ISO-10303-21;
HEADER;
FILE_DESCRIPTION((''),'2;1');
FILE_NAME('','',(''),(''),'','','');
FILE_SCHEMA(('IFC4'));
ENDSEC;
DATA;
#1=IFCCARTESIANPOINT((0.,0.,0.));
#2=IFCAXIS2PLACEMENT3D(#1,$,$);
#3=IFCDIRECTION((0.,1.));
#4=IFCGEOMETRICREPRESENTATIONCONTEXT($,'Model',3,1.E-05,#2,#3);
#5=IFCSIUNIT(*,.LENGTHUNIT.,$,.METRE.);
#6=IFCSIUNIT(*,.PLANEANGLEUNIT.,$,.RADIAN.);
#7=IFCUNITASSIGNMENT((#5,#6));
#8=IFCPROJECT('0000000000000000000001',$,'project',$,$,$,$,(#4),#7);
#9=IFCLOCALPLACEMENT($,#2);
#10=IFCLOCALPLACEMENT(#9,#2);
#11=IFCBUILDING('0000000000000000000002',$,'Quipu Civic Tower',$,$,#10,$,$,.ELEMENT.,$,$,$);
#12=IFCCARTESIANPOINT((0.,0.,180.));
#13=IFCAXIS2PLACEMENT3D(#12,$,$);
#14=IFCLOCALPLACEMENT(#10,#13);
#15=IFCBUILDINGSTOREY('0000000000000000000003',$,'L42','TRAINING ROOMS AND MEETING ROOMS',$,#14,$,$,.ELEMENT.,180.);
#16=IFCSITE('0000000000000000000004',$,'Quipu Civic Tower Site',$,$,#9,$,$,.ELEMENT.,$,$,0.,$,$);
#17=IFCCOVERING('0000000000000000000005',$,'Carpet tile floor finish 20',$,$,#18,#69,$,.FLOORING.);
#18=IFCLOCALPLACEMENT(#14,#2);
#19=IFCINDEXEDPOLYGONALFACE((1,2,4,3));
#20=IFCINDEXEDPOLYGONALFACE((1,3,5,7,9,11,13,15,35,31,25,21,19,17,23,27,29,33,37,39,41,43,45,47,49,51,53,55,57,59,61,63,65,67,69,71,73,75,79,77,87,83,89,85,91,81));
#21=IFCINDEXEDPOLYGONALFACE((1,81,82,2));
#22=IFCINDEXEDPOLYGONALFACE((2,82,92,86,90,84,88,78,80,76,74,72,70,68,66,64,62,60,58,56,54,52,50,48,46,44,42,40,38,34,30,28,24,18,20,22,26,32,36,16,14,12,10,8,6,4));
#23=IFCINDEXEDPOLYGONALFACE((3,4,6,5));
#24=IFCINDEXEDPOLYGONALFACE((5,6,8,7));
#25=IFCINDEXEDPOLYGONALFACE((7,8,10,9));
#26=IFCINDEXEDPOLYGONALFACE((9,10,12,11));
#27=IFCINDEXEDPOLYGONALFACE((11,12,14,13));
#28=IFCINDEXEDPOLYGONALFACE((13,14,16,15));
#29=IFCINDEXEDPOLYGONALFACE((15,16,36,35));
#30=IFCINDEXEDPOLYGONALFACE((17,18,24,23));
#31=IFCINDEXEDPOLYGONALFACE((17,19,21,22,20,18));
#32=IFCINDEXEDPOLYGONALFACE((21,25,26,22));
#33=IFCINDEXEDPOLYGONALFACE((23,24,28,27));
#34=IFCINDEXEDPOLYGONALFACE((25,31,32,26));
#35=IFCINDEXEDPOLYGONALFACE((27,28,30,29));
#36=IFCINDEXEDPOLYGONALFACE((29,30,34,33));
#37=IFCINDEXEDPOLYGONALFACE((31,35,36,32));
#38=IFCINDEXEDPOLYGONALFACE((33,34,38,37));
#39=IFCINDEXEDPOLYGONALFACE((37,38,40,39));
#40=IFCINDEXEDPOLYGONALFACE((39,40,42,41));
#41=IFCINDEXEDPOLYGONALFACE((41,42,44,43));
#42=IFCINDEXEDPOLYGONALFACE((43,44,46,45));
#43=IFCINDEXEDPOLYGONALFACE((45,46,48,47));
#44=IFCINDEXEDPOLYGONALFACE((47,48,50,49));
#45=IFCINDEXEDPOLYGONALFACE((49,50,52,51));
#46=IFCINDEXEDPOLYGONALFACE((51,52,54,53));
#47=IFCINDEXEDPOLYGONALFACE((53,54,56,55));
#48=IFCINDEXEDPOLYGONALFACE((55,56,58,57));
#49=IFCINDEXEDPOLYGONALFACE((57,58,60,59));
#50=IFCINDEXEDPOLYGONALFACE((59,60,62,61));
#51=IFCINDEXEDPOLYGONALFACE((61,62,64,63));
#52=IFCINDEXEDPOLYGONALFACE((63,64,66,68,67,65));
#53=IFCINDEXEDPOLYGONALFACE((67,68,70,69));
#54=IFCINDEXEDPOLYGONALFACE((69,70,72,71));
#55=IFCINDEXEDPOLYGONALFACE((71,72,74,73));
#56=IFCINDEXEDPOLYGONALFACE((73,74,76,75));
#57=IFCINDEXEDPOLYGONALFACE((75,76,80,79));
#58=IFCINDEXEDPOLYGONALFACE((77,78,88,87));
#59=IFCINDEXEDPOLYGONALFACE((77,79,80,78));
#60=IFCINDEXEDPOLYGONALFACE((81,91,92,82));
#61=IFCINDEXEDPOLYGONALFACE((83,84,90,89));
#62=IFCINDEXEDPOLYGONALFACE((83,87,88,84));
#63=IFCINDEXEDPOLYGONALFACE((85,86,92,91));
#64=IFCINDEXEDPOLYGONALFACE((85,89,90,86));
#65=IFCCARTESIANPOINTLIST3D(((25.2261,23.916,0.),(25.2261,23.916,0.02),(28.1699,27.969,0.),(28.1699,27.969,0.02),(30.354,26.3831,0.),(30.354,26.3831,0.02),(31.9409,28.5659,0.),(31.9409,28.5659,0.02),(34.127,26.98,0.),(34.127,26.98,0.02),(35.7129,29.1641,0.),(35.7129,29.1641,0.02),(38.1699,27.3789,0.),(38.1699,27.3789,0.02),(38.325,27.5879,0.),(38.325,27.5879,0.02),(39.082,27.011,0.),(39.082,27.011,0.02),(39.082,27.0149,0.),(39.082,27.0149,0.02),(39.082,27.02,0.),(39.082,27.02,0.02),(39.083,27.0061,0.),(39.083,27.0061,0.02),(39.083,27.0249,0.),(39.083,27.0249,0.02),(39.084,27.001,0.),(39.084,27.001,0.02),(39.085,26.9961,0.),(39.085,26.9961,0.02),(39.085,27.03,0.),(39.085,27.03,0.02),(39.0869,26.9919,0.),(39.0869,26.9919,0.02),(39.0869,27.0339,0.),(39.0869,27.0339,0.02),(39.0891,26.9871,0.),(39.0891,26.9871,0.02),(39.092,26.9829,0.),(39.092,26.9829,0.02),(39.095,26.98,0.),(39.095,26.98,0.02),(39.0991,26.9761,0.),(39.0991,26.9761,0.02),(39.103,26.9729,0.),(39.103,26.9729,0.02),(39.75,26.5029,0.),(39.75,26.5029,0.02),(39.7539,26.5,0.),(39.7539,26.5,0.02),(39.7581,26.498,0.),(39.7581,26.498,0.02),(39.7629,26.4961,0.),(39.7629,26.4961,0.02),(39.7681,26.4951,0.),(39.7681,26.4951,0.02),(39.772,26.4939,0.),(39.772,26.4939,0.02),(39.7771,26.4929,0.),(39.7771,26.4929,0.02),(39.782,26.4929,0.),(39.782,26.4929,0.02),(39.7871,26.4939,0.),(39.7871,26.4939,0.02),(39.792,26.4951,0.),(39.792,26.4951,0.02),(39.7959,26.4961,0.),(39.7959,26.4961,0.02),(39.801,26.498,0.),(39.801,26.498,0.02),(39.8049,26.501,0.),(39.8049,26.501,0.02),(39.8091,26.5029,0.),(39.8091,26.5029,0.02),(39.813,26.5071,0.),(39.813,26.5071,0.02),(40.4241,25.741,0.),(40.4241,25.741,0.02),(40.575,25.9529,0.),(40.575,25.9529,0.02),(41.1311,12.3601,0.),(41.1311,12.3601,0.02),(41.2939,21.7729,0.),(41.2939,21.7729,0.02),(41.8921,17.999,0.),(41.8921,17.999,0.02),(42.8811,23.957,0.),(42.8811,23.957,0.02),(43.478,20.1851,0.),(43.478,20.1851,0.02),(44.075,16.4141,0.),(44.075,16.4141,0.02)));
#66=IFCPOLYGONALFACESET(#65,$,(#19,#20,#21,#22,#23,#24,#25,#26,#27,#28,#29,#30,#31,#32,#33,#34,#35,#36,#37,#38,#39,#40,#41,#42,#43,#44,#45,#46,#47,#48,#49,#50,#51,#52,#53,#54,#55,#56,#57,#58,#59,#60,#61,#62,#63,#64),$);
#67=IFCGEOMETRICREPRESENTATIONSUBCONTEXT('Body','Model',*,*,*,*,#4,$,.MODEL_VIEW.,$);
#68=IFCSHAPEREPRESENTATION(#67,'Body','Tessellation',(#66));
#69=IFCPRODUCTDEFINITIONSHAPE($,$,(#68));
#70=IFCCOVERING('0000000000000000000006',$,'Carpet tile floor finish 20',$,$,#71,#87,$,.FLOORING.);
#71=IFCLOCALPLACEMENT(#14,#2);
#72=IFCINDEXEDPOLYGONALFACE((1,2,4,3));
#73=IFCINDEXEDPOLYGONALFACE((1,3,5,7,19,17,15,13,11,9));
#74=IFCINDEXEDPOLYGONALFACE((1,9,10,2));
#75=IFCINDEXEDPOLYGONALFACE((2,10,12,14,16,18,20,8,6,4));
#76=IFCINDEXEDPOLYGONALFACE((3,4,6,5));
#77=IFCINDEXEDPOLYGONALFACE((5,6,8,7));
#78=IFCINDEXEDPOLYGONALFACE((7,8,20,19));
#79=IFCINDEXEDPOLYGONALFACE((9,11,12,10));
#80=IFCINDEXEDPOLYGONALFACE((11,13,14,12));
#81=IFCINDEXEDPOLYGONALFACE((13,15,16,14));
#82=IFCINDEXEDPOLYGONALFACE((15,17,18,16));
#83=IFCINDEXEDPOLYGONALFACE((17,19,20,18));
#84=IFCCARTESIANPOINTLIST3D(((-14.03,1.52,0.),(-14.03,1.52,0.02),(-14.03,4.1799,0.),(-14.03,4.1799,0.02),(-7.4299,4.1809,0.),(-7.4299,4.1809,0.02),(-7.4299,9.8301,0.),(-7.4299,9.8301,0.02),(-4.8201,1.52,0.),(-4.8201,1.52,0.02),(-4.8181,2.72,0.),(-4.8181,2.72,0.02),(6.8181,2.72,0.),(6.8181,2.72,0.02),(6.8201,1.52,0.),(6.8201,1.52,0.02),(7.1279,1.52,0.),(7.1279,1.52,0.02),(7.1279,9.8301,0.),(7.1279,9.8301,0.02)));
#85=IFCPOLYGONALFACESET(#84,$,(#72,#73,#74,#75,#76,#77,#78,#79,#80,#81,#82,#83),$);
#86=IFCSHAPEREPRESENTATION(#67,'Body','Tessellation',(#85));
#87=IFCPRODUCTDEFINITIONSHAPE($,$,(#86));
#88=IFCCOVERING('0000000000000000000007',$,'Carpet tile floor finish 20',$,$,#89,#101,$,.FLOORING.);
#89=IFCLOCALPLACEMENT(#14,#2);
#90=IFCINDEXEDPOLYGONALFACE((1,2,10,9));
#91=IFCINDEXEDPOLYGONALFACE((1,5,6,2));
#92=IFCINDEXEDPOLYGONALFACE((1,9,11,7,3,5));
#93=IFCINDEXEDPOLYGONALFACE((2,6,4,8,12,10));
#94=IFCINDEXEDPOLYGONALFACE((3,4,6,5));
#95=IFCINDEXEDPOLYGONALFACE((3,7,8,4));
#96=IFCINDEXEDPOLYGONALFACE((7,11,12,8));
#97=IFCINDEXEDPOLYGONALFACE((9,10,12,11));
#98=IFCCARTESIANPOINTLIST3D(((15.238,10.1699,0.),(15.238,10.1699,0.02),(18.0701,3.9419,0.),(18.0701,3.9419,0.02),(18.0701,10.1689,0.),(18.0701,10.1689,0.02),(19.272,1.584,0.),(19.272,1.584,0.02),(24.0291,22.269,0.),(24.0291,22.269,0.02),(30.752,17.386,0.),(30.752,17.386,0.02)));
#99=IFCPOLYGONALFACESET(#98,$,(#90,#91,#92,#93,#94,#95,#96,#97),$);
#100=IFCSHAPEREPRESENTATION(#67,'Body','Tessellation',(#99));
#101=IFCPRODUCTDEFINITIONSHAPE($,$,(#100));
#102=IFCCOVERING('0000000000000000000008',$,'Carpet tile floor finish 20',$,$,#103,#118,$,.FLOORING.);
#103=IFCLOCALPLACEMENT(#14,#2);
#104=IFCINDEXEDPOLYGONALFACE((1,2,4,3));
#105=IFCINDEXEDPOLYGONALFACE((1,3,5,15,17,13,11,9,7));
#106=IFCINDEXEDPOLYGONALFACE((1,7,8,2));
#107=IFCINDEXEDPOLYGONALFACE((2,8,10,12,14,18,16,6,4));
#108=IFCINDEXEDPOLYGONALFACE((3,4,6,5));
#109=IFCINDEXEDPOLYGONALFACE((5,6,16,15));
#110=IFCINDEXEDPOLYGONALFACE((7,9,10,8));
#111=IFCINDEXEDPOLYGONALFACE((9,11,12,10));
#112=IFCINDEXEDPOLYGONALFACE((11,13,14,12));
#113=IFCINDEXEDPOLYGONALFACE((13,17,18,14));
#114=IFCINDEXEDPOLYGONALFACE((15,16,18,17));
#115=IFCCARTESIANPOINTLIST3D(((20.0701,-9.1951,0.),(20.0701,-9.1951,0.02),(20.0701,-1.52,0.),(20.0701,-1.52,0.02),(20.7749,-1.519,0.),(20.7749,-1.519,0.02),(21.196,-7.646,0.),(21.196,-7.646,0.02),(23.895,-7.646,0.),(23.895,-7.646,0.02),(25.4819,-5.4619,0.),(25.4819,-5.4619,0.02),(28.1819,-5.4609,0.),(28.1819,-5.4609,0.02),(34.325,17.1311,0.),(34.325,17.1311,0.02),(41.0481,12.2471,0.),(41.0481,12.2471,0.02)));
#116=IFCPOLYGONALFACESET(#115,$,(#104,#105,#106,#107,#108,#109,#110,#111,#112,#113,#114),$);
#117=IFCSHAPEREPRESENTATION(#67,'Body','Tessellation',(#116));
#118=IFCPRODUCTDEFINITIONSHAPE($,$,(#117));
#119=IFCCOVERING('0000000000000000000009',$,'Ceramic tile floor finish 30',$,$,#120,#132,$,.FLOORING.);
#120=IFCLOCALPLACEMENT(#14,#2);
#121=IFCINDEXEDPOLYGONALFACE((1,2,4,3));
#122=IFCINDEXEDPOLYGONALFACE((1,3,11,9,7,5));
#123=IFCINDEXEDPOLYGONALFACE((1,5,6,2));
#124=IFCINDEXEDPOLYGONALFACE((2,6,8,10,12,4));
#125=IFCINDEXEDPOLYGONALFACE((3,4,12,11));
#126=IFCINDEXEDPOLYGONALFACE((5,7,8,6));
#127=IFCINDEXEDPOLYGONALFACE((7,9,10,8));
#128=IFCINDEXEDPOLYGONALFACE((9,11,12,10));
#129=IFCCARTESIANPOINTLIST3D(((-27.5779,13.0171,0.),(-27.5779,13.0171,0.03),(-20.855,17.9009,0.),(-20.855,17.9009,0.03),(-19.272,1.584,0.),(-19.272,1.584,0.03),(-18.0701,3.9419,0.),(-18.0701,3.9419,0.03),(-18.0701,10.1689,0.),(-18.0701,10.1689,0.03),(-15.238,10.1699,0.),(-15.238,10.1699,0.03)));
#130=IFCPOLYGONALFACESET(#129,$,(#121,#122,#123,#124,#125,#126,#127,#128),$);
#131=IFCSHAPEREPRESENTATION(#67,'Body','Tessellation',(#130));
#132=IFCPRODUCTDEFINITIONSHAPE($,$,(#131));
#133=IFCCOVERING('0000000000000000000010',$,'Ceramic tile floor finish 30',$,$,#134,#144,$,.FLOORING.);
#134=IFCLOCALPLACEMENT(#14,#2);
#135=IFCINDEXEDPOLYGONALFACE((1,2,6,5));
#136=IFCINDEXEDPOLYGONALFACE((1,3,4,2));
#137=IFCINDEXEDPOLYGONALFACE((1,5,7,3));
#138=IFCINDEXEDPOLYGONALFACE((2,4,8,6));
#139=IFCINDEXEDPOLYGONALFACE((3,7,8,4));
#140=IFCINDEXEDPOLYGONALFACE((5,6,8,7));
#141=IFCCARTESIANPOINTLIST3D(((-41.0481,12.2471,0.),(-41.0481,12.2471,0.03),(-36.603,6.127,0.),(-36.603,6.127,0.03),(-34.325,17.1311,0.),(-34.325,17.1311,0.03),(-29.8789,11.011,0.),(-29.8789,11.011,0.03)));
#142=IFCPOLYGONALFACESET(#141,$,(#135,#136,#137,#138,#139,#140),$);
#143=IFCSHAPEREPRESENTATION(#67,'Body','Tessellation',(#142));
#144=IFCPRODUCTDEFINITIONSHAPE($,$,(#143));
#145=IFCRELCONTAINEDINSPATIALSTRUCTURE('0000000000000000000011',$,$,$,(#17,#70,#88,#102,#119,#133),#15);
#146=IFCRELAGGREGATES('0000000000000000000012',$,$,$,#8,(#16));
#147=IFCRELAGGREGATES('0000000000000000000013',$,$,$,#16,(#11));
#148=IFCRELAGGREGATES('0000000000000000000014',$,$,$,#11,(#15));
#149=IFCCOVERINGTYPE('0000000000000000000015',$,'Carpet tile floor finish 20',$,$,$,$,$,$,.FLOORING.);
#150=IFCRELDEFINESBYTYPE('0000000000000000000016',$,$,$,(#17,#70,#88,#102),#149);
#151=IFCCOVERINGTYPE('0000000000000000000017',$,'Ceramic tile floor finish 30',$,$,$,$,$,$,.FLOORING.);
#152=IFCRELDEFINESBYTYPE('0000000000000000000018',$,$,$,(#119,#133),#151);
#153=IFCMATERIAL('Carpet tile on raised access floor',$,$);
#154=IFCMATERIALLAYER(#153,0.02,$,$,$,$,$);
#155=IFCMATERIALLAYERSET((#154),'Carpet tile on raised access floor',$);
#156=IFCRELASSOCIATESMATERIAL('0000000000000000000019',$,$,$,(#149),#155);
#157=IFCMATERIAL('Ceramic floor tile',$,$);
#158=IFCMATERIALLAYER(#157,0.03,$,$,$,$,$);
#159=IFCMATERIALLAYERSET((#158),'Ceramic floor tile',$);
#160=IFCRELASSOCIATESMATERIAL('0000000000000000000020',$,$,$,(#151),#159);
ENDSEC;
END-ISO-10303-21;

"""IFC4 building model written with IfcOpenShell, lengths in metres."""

from ifc_helpers import new_model, si_unit, direction, frame, origin, place, context, subcontext, project, spatial, polyline, outline, extrude, material, layer, layer_set, type_object, element, save


model = new_model("IFC4")

# Units and contexts
model_context = context("Model", 3, precision=1e-05, world=origin(), true_north=direction((0.0, 1.0)))
body_context = subcontext(model_context, "Body", "Model", "MODEL_VIEW")
ifc_project = project(units=[si_unit("LENGTHUNIT", "METRE"), si_unit("PLANEANGLEUNIT", "RADIAN")], contexts=[model_context])

# Site, building, storey
site_placement = place(None, origin())
site = spatial("IfcSite", under=ifc_project, at=site_placement, Name="Quipu Civic Tower Site", CompositionType="ELEMENT", RefElevation=0.0)
building_placement = place(site_placement, origin())
building = spatial("IfcBuilding", under=site, at=building_placement, Name="Quipu Civic Tower", CompositionType="ELEMENT")
storey_placement = place(building_placement, frame((0.0, 0.0, 180.0)))
storey = spatial("IfcBuildingStorey", under=building, at=storey_placement, Name="L42", Description="TRAINING ROOMS AND MEETING ROOMS", CompositionType="ELEMENT", Elevation=180.0)

# Coverings
ifc_material_1 = material(Name="Carpet tile on raised access floor")
ifc_layer_1 = layer(ifc_material_1, 0.02)
ifc_layer_set_1 = layer_set([ifc_layer_1], Name="Carpet tile on raised access floor")
covering_type_1 = type_object("IfcCoveringType", Name="Carpet tile floor finish 20", PredefinedType="FLOORING", material=ifc_layer_set_1)
covering_1_placement = place(storey_placement, origin())
element("IfcCovering", 1, at=covering_1_placement, inside=storey, type_object=covering_type_1, Name="Carpet tile floor finish 20", PredefinedType="FLOORING", context=body_context, shape_type="SweptSolid", body=[
    extrude(outline(polyline([(25.2261, 23.916), (28.1699, 27.969), (30.354, 26.3831), (31.9409, 28.5659), (34.127, 26.98), (35.7129, 29.1641), (38.1699, 27.3789), (38.325, 27.5879), (39.0869, 27.0339), (39.085, 27.03), (39.083, 27.0249), (39.082, 27.02), (39.082, 27.0149), (39.082, 27.011), (39.083, 27.0061), (39.084, 27.001), (39.085, 26.9961), (39.0869, 26.9919), (39.0891, 26.9871), (39.092, 26.9829), (39.095, 26.98), (39.0991, 26.9761), (39.103, 26.9729), (39.75, 26.5029), (39.7539, 26.5), (39.7581, 26.498), (39.7629, 26.4961), (39.7681, 26.4951), (39.772, 26.4939), (39.7771, 26.4929), (39.782, 26.4929), (39.7871, 26.4939), (39.792, 26.4951), (39.7959, 26.4961), (39.801, 26.498), (39.8049, 26.501), (39.8091, 26.5029), (39.813, 26.5071), (40.575, 25.9529), (40.4241, 25.741), (42.8811, 23.957), (41.2939, 21.7729), (43.478, 20.1851), (41.8921, 17.999), (44.075, 16.4141), (41.1311, 12.3601), (25.2261, 23.916)])), origin(), (0.0, 0.0, 1.0), 0.02),
])
covering_2_placement = place(storey_placement, origin())
element("IfcCovering", 2, at=covering_2_placement, inside=storey, type_object=covering_type_1, Name="Carpet tile floor finish 20", PredefinedType="FLOORING", context=body_context, shape_type="SweptSolid", body=[
    extrude(outline(polyline([(-14.03, 1.52), (-14.03, 4.1799), (-7.4299, 4.1809), (-7.4299, 9.8301), (7.1279, 9.8301), (7.1279, 1.52), (6.8201, 1.52), (6.8181, 2.72), (-4.8181, 2.72), (-4.8201, 1.52), (-14.03, 1.52)])), origin(), (0.0, 0.0, 1.0), 0.02),
])
covering_3_placement = place(storey_placement, origin())
element("IfcCovering", 3, at=covering_3_placement, inside=storey, type_object=covering_type_1, Name="Carpet tile floor finish 20", PredefinedType="FLOORING", context=body_context, shape_type="SweptSolid", body=[
    extrude(outline(polyline([(15.238, 10.1699), (24.0291, 22.269), (30.752, 17.386), (19.272, 1.584), (18.0701, 3.9419), (18.0701, 10.1689), (15.238, 10.1699)])), origin(), (0.0, 0.0, 1.0), 0.02),
])
covering_4_placement = place(storey_placement, origin())
element("IfcCovering", 4, at=covering_4_placement, inside=storey, type_object=covering_type_1, Name="Carpet tile floor finish 20", PredefinedType="FLOORING", context=body_context, shape_type="SweptSolid", body=[
    extrude(outline(polyline([(20.0701, -9.1951), (20.0701, -1.52), (20.7749, -1.519), (34.325, 17.1311), (41.0481, 12.2471), (28.1819, -5.4609), (25.4819, -5.4619), (23.895, -7.646), (21.196, -7.646), (20.0701, -9.1951)])), origin(), (0.0, 0.0, 1.0), 0.02),
])
ifc_material_2 = material(Name="Ceramic floor tile")
ifc_layer_2 = layer(ifc_material_2, 0.03)
ifc_layer_set_2 = layer_set([ifc_layer_2], Name="Ceramic floor tile")
covering_type_2 = type_object("IfcCoveringType", Name="Ceramic tile floor finish 30", PredefinedType="FLOORING", material=ifc_layer_set_2)
covering_5_placement = place(storey_placement, origin())
element("IfcCovering", 5, at=covering_5_placement, inside=storey, type_object=covering_type_2, Name="Ceramic tile floor finish 30", PredefinedType="FLOORING", context=body_context, shape_type="SweptSolid", body=[
    extrude(outline(polyline([(-27.5779, 13.0171), (-20.855, 17.9009), (-15.238, 10.1699), (-18.0701, 10.1689), (-18.0701, 3.9419), (-19.272, 1.584), (-27.5779, 13.0171)])), origin(), (0.0, 0.0, 1.0), 0.03),
])
covering_6_placement = place(storey_placement, origin())
element("IfcCovering", 6, at=covering_6_placement, inside=storey, type_object=covering_type_2, Name="Ceramic tile floor finish 30", PredefinedType="FLOORING", context=body_context, shape_type="SweptSolid", body=[
    extrude(outline(polyline([(-41.0481, 12.2471), (-34.325, 17.1311), (-29.8789, 11.011), (-36.603, 6.127), (-41.0481, 12.2471)])), origin(), (0.0, 0.0, 1.0), 0.03),
])

save(model, "model.ifc")
